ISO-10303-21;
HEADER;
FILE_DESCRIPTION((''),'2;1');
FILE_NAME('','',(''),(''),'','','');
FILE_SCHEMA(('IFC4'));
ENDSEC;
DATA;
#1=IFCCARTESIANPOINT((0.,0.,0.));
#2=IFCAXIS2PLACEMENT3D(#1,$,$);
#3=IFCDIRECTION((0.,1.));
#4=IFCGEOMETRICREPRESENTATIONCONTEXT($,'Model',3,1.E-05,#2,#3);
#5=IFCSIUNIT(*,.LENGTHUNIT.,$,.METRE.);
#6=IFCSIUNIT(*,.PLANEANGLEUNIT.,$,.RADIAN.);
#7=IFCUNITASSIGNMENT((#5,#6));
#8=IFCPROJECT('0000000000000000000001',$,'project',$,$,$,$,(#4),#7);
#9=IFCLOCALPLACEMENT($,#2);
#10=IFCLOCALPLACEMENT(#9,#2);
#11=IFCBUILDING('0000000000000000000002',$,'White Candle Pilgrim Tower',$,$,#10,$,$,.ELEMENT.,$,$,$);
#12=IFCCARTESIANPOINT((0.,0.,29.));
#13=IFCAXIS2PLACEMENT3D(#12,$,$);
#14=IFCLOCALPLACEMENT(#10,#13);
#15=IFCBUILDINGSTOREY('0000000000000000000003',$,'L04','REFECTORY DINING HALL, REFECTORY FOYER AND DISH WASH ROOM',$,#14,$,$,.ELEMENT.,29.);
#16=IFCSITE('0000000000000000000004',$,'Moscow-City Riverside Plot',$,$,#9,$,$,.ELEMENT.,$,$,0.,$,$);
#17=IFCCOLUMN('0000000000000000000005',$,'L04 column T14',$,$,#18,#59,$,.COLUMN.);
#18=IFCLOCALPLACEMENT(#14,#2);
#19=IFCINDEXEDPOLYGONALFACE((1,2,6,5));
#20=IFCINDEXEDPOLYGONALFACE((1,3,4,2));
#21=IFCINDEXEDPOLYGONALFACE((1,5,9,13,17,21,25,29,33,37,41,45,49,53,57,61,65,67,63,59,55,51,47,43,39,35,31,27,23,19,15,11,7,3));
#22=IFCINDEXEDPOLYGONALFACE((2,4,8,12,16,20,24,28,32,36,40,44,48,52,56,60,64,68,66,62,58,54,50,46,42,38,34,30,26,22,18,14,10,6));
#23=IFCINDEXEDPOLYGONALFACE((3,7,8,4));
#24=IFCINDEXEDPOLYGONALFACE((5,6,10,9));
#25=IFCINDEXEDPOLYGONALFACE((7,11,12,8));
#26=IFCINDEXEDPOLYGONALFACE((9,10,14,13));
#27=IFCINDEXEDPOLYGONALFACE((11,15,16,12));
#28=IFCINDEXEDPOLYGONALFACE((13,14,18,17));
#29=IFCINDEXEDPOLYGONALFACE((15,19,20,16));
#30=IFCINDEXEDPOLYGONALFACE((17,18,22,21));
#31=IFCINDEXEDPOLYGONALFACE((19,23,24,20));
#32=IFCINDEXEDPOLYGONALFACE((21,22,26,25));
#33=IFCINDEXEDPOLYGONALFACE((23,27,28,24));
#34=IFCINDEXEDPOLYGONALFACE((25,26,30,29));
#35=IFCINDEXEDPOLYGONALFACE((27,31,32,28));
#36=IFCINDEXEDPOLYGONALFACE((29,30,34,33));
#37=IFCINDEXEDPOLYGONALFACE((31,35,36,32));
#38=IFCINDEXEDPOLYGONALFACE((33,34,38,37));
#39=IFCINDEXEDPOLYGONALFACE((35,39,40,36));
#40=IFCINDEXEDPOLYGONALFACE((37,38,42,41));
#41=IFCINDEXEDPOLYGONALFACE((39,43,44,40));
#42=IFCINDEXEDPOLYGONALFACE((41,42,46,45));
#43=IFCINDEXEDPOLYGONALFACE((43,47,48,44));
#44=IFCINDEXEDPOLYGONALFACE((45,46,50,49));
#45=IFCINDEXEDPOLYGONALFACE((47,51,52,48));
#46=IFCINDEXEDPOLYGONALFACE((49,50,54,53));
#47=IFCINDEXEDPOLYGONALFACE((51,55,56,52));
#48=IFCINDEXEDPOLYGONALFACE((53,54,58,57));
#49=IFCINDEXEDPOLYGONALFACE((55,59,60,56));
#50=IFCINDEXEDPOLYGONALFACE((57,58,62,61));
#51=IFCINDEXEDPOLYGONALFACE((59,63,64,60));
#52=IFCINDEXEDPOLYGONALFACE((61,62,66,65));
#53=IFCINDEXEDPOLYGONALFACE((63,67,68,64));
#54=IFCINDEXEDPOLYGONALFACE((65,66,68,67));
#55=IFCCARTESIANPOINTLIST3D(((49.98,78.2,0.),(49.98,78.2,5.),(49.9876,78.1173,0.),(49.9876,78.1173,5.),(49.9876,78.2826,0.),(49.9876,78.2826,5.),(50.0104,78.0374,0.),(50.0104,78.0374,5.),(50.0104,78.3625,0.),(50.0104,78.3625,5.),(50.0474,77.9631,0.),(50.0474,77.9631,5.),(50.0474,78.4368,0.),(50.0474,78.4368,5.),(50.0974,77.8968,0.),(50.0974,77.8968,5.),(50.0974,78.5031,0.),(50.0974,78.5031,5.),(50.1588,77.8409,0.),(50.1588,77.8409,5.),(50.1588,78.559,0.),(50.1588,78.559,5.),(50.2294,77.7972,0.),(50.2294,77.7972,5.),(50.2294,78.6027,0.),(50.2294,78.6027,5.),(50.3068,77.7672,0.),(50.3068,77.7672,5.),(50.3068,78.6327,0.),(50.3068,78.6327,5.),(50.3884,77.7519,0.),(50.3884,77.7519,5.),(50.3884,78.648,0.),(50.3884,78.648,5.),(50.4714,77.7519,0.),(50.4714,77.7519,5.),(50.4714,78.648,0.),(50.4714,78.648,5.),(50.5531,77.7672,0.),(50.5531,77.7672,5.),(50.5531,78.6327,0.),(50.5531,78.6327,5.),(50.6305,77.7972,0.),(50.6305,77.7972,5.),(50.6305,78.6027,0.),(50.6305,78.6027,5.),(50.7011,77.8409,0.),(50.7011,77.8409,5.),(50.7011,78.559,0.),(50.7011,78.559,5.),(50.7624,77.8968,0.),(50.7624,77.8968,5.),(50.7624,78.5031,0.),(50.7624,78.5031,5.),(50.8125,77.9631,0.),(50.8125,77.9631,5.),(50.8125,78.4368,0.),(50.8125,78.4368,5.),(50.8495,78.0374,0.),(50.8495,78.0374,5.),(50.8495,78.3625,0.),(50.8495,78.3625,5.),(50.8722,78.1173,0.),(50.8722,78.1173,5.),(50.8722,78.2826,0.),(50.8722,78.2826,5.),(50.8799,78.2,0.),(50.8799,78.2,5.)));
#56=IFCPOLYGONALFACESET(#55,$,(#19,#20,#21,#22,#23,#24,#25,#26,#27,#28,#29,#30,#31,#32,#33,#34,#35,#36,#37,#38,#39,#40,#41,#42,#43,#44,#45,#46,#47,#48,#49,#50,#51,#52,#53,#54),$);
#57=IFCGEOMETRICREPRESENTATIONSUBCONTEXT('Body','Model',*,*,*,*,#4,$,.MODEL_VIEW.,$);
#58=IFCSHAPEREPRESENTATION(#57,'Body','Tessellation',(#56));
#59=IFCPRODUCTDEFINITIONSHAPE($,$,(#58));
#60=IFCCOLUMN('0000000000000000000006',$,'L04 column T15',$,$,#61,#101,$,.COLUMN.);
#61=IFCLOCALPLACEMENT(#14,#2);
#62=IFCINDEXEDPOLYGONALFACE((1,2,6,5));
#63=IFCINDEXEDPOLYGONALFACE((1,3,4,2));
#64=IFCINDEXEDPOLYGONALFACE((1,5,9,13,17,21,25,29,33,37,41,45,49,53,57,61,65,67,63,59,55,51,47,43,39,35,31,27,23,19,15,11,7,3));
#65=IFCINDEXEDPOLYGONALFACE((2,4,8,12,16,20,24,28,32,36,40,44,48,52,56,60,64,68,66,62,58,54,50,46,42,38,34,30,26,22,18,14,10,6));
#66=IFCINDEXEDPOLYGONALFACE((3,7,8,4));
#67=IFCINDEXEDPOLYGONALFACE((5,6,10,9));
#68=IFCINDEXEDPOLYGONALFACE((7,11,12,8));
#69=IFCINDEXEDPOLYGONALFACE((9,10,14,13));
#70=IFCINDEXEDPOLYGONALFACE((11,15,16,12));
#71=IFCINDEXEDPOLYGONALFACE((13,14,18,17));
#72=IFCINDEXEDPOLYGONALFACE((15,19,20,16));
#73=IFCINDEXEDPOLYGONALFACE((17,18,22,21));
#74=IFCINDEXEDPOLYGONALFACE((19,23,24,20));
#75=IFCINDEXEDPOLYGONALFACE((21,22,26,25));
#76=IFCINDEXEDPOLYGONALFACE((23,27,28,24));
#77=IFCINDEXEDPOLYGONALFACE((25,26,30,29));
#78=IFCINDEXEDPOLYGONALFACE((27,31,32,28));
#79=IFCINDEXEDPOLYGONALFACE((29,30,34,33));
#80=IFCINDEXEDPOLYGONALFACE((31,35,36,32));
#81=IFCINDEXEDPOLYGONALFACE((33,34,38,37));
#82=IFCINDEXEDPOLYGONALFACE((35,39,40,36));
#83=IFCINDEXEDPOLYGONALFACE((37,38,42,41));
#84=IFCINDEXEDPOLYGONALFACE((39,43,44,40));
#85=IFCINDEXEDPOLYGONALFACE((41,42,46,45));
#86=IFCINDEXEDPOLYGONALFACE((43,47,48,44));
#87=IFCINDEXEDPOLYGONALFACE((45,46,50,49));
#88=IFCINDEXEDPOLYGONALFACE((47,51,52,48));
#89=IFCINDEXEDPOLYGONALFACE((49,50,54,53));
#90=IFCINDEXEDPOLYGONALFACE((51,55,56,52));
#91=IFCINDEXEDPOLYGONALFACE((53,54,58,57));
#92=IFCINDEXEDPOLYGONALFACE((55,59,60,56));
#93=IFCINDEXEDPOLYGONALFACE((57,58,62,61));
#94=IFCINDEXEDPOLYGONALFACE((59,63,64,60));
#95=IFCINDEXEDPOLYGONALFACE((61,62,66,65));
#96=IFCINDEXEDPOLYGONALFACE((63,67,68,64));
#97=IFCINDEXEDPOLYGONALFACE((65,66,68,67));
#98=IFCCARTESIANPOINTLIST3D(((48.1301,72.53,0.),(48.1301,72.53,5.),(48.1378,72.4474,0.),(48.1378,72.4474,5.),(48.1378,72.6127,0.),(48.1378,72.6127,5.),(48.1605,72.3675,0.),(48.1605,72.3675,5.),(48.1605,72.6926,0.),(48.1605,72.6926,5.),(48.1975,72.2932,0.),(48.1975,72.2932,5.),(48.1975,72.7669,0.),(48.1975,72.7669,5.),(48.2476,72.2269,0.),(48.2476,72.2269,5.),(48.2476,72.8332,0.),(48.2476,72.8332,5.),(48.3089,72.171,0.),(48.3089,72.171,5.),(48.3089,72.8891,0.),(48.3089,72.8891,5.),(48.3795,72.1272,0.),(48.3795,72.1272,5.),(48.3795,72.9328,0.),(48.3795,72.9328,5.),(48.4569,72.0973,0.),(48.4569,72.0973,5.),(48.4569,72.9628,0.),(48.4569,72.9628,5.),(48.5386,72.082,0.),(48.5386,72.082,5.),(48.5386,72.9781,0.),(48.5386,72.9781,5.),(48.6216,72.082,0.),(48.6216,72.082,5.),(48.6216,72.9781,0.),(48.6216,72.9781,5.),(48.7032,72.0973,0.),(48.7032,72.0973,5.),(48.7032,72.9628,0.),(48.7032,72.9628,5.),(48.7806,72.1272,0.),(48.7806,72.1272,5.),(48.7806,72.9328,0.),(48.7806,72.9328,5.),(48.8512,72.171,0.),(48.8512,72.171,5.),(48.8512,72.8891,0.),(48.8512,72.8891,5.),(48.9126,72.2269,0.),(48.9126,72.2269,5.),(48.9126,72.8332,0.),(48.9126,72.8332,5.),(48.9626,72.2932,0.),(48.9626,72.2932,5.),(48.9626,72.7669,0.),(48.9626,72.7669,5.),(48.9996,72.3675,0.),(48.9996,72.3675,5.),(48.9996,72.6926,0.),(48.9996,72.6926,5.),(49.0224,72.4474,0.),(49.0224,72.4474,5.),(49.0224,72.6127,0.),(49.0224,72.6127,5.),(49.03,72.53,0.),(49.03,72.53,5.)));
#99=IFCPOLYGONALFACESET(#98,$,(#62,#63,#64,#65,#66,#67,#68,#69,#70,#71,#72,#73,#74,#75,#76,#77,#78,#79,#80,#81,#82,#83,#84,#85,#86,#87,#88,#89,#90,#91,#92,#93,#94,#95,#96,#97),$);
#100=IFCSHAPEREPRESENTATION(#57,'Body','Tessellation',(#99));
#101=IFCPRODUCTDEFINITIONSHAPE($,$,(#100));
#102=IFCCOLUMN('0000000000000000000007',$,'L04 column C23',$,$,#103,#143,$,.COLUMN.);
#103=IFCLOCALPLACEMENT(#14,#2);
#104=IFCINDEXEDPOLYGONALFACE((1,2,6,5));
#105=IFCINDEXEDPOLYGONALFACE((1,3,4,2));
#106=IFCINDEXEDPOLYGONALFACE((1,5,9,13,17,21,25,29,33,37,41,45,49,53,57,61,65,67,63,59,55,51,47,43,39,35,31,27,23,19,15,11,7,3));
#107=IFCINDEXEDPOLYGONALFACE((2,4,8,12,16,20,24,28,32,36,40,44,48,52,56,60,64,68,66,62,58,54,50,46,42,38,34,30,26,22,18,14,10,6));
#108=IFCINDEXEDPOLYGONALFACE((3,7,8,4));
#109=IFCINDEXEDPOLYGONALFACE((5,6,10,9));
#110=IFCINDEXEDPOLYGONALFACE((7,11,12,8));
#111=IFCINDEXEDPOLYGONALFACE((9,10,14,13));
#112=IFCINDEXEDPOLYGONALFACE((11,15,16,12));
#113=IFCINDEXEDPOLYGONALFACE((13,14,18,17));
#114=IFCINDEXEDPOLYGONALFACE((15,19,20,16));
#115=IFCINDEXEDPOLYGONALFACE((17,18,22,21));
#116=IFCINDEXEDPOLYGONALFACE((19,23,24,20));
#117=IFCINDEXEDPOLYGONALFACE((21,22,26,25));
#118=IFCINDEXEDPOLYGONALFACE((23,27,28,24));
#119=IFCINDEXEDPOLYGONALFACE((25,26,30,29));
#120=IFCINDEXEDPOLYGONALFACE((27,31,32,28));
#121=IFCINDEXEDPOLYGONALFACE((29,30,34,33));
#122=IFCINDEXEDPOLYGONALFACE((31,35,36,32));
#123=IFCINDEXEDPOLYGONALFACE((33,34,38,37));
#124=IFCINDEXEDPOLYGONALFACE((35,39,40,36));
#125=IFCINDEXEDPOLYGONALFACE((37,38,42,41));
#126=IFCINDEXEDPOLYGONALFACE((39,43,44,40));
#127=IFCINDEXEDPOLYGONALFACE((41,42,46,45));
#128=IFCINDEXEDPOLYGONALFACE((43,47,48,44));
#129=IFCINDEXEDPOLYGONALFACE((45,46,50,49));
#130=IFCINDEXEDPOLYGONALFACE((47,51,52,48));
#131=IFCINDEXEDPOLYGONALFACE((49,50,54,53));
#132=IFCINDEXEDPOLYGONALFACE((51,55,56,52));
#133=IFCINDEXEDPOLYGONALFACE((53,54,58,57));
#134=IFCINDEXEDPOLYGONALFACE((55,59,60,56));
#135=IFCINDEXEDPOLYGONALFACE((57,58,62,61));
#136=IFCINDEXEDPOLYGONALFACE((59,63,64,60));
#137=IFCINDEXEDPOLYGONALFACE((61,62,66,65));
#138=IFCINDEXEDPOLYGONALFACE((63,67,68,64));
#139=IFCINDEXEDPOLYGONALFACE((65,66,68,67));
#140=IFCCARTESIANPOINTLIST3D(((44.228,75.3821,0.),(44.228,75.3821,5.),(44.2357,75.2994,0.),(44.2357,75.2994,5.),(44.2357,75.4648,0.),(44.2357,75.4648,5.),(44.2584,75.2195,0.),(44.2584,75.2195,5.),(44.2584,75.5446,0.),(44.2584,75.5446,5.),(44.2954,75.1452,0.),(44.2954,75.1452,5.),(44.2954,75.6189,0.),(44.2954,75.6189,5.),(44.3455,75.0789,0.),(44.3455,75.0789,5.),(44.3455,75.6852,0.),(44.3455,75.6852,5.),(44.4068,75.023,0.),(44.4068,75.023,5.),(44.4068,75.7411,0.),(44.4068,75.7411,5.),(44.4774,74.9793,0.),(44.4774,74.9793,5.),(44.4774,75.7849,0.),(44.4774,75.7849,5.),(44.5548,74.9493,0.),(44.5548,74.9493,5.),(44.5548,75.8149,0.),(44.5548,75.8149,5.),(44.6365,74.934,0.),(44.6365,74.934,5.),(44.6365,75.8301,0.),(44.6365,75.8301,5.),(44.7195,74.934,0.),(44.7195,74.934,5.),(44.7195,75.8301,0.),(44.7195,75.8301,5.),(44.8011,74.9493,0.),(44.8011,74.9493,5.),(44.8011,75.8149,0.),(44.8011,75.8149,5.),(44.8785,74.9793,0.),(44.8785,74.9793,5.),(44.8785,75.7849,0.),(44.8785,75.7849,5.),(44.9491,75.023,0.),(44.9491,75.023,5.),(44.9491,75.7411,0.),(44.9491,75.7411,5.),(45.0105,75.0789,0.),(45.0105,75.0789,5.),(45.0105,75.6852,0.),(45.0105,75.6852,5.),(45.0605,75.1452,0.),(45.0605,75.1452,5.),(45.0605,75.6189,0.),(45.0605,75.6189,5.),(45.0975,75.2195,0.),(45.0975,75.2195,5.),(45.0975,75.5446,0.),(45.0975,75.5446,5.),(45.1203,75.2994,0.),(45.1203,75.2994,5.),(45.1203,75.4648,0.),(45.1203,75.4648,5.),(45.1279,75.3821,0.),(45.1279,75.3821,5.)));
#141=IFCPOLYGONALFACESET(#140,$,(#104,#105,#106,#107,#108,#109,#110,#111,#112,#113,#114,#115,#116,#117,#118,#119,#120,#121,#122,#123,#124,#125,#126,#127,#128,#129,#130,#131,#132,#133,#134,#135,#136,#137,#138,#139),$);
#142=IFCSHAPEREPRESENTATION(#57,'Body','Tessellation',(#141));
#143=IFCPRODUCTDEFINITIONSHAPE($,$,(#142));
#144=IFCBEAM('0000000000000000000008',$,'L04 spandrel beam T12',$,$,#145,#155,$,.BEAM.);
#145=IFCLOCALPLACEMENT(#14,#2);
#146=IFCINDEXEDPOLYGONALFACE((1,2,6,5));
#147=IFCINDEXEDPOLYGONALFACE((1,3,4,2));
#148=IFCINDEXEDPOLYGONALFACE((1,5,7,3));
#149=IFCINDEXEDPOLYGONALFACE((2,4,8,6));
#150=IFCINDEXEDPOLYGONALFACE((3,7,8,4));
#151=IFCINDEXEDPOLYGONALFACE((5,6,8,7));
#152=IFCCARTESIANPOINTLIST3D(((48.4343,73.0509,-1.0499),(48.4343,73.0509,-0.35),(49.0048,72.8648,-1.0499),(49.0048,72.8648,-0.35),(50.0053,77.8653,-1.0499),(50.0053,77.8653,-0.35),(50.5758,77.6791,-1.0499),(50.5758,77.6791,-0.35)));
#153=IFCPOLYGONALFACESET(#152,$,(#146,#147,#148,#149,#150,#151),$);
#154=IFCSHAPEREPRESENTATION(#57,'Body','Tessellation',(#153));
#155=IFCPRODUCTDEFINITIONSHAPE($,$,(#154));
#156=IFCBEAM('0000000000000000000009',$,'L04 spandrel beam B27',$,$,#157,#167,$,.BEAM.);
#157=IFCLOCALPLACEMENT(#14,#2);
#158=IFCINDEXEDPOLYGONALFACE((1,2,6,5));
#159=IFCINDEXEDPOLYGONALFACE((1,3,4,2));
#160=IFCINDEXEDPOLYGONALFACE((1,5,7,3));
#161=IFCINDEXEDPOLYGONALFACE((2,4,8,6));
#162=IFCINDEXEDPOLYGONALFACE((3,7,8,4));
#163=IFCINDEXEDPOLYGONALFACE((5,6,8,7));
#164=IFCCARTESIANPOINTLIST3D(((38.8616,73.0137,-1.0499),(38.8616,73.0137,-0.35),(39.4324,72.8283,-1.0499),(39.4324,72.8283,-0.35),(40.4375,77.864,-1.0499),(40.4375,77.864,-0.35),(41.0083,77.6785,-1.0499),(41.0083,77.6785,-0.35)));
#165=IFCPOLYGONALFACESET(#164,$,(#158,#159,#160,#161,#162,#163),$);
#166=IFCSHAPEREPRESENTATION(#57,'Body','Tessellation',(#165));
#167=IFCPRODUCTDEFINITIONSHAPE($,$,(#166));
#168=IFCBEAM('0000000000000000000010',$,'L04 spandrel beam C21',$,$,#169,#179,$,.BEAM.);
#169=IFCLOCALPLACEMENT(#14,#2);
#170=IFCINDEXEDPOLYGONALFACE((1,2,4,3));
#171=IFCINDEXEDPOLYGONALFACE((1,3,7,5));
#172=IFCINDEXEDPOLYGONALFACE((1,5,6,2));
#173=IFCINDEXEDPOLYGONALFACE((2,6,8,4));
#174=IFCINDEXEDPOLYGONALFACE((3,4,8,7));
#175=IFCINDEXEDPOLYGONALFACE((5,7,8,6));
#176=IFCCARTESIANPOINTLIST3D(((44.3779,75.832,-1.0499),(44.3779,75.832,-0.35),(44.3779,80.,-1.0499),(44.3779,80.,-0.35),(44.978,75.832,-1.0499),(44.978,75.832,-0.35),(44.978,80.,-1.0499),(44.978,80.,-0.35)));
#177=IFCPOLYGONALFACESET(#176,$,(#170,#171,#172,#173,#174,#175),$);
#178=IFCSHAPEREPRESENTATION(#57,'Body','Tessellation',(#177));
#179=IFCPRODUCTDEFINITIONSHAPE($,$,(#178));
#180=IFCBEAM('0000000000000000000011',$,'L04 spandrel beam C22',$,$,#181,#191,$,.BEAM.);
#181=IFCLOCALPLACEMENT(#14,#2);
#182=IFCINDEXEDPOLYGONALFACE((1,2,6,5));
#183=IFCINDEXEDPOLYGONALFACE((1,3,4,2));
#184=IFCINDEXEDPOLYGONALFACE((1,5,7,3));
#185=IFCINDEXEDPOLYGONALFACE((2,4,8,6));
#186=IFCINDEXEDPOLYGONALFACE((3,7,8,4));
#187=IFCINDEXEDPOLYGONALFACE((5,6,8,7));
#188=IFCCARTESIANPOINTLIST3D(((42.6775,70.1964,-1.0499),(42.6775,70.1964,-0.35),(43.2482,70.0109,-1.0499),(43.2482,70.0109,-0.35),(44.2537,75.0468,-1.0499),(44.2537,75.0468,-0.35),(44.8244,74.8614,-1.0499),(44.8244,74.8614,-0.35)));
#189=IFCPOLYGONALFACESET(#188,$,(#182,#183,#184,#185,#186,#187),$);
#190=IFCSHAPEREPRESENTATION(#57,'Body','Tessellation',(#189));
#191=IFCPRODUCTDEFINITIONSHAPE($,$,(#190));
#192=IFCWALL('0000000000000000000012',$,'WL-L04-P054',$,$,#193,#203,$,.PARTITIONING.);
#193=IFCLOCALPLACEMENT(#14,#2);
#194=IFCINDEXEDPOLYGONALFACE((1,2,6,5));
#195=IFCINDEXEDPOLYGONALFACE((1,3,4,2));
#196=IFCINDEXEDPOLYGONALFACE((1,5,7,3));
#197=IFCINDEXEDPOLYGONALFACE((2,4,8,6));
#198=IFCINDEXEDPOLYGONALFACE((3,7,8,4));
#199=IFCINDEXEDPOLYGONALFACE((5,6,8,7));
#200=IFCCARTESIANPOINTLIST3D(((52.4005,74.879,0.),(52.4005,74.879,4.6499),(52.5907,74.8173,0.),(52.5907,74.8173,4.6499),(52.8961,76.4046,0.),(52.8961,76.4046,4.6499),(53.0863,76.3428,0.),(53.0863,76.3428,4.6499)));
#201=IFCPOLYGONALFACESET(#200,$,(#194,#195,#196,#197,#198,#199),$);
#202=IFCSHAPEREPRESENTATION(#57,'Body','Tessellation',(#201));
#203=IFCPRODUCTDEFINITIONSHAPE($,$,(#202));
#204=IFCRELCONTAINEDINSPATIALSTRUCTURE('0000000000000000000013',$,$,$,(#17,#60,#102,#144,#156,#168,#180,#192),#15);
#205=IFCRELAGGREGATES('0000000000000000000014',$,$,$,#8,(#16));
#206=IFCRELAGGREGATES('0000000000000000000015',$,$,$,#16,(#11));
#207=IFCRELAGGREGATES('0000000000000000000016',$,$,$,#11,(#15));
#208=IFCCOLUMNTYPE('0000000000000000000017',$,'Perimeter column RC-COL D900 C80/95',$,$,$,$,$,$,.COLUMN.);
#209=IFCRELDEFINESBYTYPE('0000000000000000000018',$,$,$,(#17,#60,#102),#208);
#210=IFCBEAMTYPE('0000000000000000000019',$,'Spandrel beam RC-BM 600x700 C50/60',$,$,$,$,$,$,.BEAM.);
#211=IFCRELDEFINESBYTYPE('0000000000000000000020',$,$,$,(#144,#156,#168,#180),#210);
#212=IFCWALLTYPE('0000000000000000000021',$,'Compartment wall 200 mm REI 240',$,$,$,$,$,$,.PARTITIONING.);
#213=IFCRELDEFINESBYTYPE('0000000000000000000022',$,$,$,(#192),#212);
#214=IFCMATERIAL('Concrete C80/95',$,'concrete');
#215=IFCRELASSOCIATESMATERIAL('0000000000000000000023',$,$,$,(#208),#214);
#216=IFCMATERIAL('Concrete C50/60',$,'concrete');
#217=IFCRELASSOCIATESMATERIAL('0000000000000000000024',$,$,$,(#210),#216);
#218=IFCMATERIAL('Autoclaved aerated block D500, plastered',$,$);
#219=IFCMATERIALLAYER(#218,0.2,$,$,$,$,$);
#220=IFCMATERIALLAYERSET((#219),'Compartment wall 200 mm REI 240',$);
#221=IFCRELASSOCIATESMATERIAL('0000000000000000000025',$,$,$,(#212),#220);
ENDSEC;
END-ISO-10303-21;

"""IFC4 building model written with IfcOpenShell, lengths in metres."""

from ifc_helpers import new_model, si_unit, direction, frame, frame_2d, origin, origin_2d, place, context, subcontext, project, spatial, rectangle, circle, extrude, material, layer, layer_set, material_profile, profile_set, type_object, element, save


model = new_model("IFC4")

# Units and contexts
model_context = context("Model", 3, precision=1e-05, world=origin(), true_north=direction((0.0, 1.0)))
body_context = subcontext(model_context, "Body", "Model", "MODEL_VIEW")
ifc_project = project(units=[si_unit("LENGTHUNIT", "METRE"), si_unit("PLANEANGLEUNIT", "RADIAN")], contexts=[model_context])

# Site, building, storey
site_placement = place(None, origin())
site = spatial("IfcSite", under=ifc_project, at=site_placement, Name="Moscow-City Riverside Plot", CompositionType="ELEMENT", RefElevation=0.0)
building_placement = place(site_placement, origin())
building = spatial("IfcBuilding", under=site, at=building_placement, Name="White Candle Pilgrim Tower", CompositionType="ELEMENT")
storey_placement = place(building_placement, frame((0.0, 0.0, 29.0)))
storey = spatial("IfcBuildingStorey", under=building, at=storey_placement, Name="L04", Description="REFECTORY DINING HALL, REFECTORY FOYER AND DISH WASH ROOM", CompositionType="ELEMENT", Elevation=29.0)

# Columns
ifc_material_1 = material(Name="Concrete C80/95", Category="concrete")
ifc_material_profile_1 = material_profile(ifc_material_1, circle(Radius=0.45, at=origin_2d()), Name="RC-COL D900")
ifc_profile_set_1 = profile_set([ifc_material_profile_1], Name="Concrete C80/95")
column_type = type_object("IfcColumnType", Name="Perimeter column RC-COL D900 C80/95", PredefinedType="COLUMN", material=ifc_profile_set_1)
for number, where, z_axis, x_axis, name in (
    (1, (50.4299, 78.2, 0.0), (0.0, 0.0, 1.0), (1.0, 0.0, 0.0), "L04 column T14"),
    (2, (48.5801, 72.53, 0.0), (0.0, 0.0, 1.0), (1.0, 0.0, 0.0), "L04 column T15"),
    (3, (44.678, 75.3821, 0.0), (0.0, 0.0, 1.0), (1.0, 0.0, 0.0), "L04 column C23"),
):
    element("IfcColumn", number, at=place(storey_placement, frame(where, z_axis=z_axis, x_axis=x_axis)), inside=storey, type_object=column_type, Name=name, PredefinedType="COLUMN", context=body_context, shape_type="SweptSolid", body=[
        extrude(circle(Radius=0.45, at=origin_2d()), origin(), (0.0, 0.0, 1.0), 5.0),
    ])

# Beams
ifc_material_2 = material(Name="Concrete C50/60", Category="concrete")
ifc_material_profile_2 = material_profile(ifc_material_2, rectangle(XDim=0.6001, YDim=0.7, at=origin_2d()), Name="RC-BM 600x700")
ifc_profile_set_2 = profile_set([ifc_material_profile_2], Name="Concrete C50/60")
beam_type = type_object("IfcBeamType", Name="Spandrel beam RC-BM 600x700 C50/60", PredefinedType="BEAM", material=ifc_profile_set_2)
beam_1_placement = place(storey_placement, frame((50.2905, 77.7722, -0.7), z_axis=(-0.31022, -0.950665, 0.0), x_axis=(0.950665, -0.31022, 0.0)))
element("IfcBeam", 4, at=beam_1_placement, inside=storey, type_object=beam_type, Name="L04 spandrel beam T12", PredefinedType="BEAM", context=body_context, shape_type="SweptSolid", body=[
    extrude(rectangle(XDim=0.6001, YDim=0.7, at=origin_2d()), origin(), (0.0, 0.0, 1.0), 5.0642),
])
beam_2_placement = place(storey_placement, frame((40.7229, 77.7712, -0.7), z_axis=(-0.309009, -0.951059, 0.0), x_axis=(0.951059, -0.309009, 0.0)))
element("IfcBeam", 5, at=beam_2_placement, inside=storey, type_object=beam_type, Name="L04 spandrel beam B27", PredefinedType="BEAM", context=body_context, shape_type="SweptSolid", body=[
    extrude(rectangle(XDim=0.6001, YDim=0.7, at=origin_2d()), origin(), (0.0, 0.0, 1.0), 5.0999),
])
beam_3_placement = place(storey_placement, frame((44.678, 75.832, -0.7), z_axis=(0.0, 1.0, 0.0), x_axis=(-1.0, 0.0, 0.0)))
element("IfcBeam", 6, at=beam_3_placement, inside=storey, type_object=beam_type, Name="L04 spandrel beam C21", PredefinedType="BEAM", context=body_context, shape_type="SweptSolid", body=[
    extrude(rectangle(XDim=0.6001, YDim=0.7, at=origin_2d()), origin(), (0.0, 0.0, 1.0), 4.168),
])
beam_4_placement = place(storey_placement, frame((44.5391, 74.9541, -0.7), z_axis=(-0.309053, -0.951045, 0.0), x_axis=(0.951045, -0.309053, 0.0)))
element("IfcBeam", 7, at=beam_4_placement, inside=storey, type_object=beam_type, Name="L04 spandrel beam C22", PredefinedType="BEAM", context=body_context, shape_type="SweptSolid", body=[
    extrude(rectangle(XDim=0.6001, YDim=0.7, at=origin_2d()), origin(), (0.0, 0.0, 1.0), 5.1001),
])

# Wall
ifc_material_3 = material(Name="Autoclaved aerated block D500, plastered")
ifc_layer_1 = layer(ifc_material_3, 0.2)
ifc_layer_set_1 = layer_set([ifc_layer_1], Name="Compartment wall 200 mm REI 240")
wall_type_1 = type_object("IfcWallType", Name="Compartment wall 200 mm REI 240", PredefinedType="PARTITIONING", material=ifc_layer_set_1)
wall_1_placement = place(storey_placement, frame((52.4956, 74.8481, 0.0), z_axis=(0.0, 0.0, 1.0), x_axis=(0.308959, 0.951075, 0.0)))
element("IfcWall", 8, at=wall_1_placement, inside=storey, type_object=wall_type_1, Name="WL-L04-P054", PredefinedType="PARTITIONING", context=body_context, shape_type="SweptSolid", body=[
    extrude(rectangle(XDim=1.604, YDim=0.2, at=frame_2d((0.802, 0.0))), origin(), (0.0, 0.0, 1.0), 4.6499),
])

save(model, "model.ifc")
